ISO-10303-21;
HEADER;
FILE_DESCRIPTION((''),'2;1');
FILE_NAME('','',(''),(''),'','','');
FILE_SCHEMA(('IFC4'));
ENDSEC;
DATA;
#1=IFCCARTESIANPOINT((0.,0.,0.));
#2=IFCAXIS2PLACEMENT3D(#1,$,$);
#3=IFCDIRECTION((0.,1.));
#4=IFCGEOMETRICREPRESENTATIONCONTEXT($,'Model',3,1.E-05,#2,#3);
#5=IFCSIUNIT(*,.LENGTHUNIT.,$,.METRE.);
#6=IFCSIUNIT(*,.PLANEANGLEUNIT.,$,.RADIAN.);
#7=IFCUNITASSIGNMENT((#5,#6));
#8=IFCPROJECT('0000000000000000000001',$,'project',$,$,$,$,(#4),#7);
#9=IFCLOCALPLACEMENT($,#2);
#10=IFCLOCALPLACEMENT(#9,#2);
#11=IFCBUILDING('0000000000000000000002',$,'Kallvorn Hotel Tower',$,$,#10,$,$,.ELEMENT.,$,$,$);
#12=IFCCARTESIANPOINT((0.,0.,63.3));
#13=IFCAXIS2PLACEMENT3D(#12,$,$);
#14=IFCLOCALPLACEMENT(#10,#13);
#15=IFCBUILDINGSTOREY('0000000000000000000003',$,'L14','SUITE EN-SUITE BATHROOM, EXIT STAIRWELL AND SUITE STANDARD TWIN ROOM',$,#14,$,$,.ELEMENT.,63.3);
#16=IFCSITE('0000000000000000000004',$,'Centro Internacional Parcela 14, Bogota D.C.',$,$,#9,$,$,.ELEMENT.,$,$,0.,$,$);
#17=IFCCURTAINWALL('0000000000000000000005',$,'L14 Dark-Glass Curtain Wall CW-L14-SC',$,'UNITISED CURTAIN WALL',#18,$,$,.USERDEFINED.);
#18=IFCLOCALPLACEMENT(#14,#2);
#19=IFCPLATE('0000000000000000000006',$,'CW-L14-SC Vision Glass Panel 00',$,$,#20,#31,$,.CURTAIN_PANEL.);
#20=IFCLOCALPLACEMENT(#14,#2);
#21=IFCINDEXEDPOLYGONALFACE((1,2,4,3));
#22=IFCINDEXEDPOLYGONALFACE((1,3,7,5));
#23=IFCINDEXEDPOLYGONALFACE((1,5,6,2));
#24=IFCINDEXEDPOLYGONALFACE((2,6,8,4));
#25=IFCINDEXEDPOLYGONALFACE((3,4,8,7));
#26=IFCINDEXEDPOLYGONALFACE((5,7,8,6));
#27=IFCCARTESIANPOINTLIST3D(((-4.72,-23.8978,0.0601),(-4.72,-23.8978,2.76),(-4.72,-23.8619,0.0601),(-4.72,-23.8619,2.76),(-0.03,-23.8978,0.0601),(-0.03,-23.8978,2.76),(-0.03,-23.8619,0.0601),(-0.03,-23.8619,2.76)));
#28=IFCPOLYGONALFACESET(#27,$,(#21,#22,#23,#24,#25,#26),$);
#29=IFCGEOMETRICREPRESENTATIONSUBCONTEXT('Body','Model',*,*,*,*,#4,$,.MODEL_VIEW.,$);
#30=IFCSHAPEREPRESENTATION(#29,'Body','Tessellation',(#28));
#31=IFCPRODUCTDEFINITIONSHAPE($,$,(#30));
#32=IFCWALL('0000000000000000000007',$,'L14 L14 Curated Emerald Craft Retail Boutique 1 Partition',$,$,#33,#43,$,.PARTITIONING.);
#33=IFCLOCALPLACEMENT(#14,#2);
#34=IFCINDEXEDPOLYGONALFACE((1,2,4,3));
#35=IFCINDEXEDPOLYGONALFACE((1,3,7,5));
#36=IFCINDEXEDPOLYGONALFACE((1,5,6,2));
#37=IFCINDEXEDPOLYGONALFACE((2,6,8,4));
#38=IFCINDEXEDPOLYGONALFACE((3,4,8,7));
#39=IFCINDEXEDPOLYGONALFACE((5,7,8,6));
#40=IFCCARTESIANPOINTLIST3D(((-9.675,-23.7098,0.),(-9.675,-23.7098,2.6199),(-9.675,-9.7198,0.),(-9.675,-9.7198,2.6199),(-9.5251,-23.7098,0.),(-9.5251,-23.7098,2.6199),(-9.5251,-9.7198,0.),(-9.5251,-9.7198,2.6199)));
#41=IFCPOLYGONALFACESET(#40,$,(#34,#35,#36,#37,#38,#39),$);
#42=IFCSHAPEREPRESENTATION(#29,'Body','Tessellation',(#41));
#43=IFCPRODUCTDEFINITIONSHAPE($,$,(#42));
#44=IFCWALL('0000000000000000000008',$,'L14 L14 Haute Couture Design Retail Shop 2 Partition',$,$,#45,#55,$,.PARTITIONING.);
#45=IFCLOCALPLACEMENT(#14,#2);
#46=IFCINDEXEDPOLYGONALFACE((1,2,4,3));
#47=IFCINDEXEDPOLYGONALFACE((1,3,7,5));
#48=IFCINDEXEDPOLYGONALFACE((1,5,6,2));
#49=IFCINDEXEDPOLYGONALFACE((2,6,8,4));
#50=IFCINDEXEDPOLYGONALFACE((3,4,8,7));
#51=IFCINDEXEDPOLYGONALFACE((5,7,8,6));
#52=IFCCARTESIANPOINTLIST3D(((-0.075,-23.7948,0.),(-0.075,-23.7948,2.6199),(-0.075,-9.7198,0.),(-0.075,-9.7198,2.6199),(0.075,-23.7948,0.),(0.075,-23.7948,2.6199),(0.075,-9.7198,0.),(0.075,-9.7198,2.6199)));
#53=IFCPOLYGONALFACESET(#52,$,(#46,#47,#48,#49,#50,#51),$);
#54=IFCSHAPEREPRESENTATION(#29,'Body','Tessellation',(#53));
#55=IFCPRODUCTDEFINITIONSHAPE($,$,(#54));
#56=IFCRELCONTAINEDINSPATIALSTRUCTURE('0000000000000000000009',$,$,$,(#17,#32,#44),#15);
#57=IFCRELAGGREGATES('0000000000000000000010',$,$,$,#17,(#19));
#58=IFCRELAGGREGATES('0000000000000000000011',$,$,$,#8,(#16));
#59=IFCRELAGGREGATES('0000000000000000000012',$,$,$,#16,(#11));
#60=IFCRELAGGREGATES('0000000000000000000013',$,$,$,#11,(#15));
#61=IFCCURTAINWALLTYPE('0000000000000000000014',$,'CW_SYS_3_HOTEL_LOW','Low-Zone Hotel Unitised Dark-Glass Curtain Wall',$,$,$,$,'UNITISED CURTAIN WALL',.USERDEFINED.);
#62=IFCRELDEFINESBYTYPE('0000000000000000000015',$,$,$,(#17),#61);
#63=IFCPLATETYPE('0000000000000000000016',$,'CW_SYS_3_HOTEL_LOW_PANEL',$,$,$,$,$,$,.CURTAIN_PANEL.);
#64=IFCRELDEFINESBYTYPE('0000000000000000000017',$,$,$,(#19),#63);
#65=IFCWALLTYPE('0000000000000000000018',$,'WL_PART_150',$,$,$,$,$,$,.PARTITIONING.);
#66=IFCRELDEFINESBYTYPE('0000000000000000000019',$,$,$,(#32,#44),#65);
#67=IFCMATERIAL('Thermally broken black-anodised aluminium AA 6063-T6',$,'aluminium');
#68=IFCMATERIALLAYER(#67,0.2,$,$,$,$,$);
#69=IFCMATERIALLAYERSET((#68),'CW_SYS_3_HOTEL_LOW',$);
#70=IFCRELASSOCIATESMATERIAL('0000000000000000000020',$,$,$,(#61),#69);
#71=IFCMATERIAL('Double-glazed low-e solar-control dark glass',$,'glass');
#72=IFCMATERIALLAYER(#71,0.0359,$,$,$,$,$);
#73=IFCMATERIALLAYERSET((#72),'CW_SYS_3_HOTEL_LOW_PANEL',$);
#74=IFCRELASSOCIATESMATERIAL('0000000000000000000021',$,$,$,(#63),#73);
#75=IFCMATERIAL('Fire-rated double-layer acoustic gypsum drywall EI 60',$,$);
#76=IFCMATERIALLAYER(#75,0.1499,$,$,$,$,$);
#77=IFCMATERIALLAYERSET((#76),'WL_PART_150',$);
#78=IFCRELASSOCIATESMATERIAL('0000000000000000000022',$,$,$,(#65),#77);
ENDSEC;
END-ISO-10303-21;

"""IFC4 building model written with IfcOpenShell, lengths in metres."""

from ifc_helpers import new_model, si_unit, direction, frame, frame_2d, origin, origin_2d, place, context, subcontext, project, spatial, rectangle, extrude, material, layer, layer_set, type_object, element, aggregate, save


model = new_model("IFC4")

# Units and contexts
model_context = context("Model", 3, precision=1e-05, world=origin(), true_north=direction((0.0, 1.0)))
body_context = subcontext(model_context, "Body", "Model", "MODEL_VIEW")
ifc_project = project(units=[si_unit("LENGTHUNIT", "METRE"), si_unit("PLANEANGLEUNIT", "RADIAN")], contexts=[model_context])

# Site, building, storey
site_placement = place(None, origin())
site = spatial("IfcSite", under=ifc_project, at=site_placement, Name="Centro Internacional Parcela 14, Bogota D.C.", CompositionType="ELEMENT", RefElevation=0.0)
building_placement = place(site_placement, origin())
building = spatial("IfcBuilding", under=site, at=building_placement, Name="Kallvorn Hotel Tower", CompositionType="ELEMENT")
storey_placement = place(building_placement, frame((0.0, 0.0, 63.3)))
storey = spatial("IfcBuildingStorey", under=building, at=storey_placement, Name="L14", Description="SUITE EN-SUITE BATHROOM, EXIT STAIRWELL AND SUITE STANDARD TWIN ROOM", CompositionType="ELEMENT", Elevation=63.3)

# Curtain wall, plate
ifc_material_1 = material(Name="Thermally broken black-anodised aluminium AA 6063-T6", Category="aluminium")
ifc_layer_1 = layer(ifc_material_1, 0.2)
ifc_layer_set_1 = layer_set([ifc_layer_1], Name="CW_SYS_3_HOTEL_LOW")
curtain_wall_type = type_object("IfcCurtainWallType", Name="CW_SYS_3_HOTEL_LOW", Description="Low-Zone Hotel Unitised Dark-Glass Curtain Wall", ElementType="UNITISED CURTAIN WALL", PredefinedType="USERDEFINED", material=ifc_layer_set_1)
curtain_wall_placement = place(storey_placement, origin())
curtain_wall = element("IfcCurtainWall", 1, at=curtain_wall_placement, inside=storey, type_object=curtain_wall_type, Name="L14 Dark-Glass Curtain Wall CW-L14-SC", ObjectType="UNITISED CURTAIN WALL", PredefinedType="USERDEFINED")
ifc_material_2 = material(Name="Double-glazed low-e solar-control dark glass", Category="glass")
ifc_layer_2 = layer(ifc_material_2, 0.0359)
ifc_layer_set_2 = layer_set([ifc_layer_2], Name="CW_SYS_3_HOTEL_LOW_PANEL")
plate_type = type_object("IfcPlateType", Name="CW_SYS_3_HOTEL_LOW_PANEL", PredefinedType="CURTAIN_PANEL", material=ifc_layer_set_2)
plate_placement = place(storey_placement, frame((-2.375, -23.8799, 0.0601), z_axis=(0.0, 0.0, 1.0), x_axis=(1.0, 0.0, 0.0)))
plate = element("IfcPlate", 2, at=plate_placement, type_object=plate_type, Name="CW-L14-SC Vision Glass Panel 00", PredefinedType="CURTAIN_PANEL", context=body_context, shape_type="SweptSolid", body=[
    extrude(rectangle(XDim=4.6899, YDim=0.0359, at=origin_2d()), origin(), (0.0, 0.0, 1.0), 2.7),
])
aggregate(curtain_wall, [plate])

# Walls
ifc_material_3 = material(Name="Fire-rated double-layer acoustic gypsum drywall EI 60")
ifc_layer_3 = layer(ifc_material_3, 0.1499)
ifc_layer_set_3 = layer_set([ifc_layer_3], Name="WL_PART_150")
wall_type = type_object("IfcWallType", Name="WL_PART_150", PredefinedType="PARTITIONING", material=ifc_layer_set_3)
wall_1_placement = place(storey_placement, frame((-9.6001, -23.71, 0.0), z_axis=(0.0, 0.0, 1.0), x_axis=(0.0, 1.0, 0.0)))
element("IfcWall", 3, at=wall_1_placement, inside=storey, type_object=wall_type, Name="L14 L14 Curated Emerald Craft Retail Boutique 1 Partition", PredefinedType="PARTITIONING", context=body_context, shape_type="SweptSolid", body=[
    extrude(rectangle(XDim=13.99, YDim=0.1499, at=frame_2d((6.9951, 0.0))), origin(), (0.0, 0.0, 1.0), 2.6199),
])
wall_2_placement = place(storey_placement, frame((0.0, -23.7949, 0.0), z_axis=(0.0, 0.0, 1.0), x_axis=(0.0, 1.0, 0.0)))
element("IfcWall", 4, at=wall_2_placement, inside=storey, type_object=wall_type, Name="L14 L14 Haute Couture Design Retail Shop 2 Partition", PredefinedType="PARTITIONING", context=body_context, shape_type="SweptSolid", body=[
    extrude(rectangle(XDim=14.075, YDim=0.1499, at=frame_2d((7.0376, 0.0))), origin(), (0.0, 0.0, 1.0), 2.6199),
])

save(model, "model.ifc")
